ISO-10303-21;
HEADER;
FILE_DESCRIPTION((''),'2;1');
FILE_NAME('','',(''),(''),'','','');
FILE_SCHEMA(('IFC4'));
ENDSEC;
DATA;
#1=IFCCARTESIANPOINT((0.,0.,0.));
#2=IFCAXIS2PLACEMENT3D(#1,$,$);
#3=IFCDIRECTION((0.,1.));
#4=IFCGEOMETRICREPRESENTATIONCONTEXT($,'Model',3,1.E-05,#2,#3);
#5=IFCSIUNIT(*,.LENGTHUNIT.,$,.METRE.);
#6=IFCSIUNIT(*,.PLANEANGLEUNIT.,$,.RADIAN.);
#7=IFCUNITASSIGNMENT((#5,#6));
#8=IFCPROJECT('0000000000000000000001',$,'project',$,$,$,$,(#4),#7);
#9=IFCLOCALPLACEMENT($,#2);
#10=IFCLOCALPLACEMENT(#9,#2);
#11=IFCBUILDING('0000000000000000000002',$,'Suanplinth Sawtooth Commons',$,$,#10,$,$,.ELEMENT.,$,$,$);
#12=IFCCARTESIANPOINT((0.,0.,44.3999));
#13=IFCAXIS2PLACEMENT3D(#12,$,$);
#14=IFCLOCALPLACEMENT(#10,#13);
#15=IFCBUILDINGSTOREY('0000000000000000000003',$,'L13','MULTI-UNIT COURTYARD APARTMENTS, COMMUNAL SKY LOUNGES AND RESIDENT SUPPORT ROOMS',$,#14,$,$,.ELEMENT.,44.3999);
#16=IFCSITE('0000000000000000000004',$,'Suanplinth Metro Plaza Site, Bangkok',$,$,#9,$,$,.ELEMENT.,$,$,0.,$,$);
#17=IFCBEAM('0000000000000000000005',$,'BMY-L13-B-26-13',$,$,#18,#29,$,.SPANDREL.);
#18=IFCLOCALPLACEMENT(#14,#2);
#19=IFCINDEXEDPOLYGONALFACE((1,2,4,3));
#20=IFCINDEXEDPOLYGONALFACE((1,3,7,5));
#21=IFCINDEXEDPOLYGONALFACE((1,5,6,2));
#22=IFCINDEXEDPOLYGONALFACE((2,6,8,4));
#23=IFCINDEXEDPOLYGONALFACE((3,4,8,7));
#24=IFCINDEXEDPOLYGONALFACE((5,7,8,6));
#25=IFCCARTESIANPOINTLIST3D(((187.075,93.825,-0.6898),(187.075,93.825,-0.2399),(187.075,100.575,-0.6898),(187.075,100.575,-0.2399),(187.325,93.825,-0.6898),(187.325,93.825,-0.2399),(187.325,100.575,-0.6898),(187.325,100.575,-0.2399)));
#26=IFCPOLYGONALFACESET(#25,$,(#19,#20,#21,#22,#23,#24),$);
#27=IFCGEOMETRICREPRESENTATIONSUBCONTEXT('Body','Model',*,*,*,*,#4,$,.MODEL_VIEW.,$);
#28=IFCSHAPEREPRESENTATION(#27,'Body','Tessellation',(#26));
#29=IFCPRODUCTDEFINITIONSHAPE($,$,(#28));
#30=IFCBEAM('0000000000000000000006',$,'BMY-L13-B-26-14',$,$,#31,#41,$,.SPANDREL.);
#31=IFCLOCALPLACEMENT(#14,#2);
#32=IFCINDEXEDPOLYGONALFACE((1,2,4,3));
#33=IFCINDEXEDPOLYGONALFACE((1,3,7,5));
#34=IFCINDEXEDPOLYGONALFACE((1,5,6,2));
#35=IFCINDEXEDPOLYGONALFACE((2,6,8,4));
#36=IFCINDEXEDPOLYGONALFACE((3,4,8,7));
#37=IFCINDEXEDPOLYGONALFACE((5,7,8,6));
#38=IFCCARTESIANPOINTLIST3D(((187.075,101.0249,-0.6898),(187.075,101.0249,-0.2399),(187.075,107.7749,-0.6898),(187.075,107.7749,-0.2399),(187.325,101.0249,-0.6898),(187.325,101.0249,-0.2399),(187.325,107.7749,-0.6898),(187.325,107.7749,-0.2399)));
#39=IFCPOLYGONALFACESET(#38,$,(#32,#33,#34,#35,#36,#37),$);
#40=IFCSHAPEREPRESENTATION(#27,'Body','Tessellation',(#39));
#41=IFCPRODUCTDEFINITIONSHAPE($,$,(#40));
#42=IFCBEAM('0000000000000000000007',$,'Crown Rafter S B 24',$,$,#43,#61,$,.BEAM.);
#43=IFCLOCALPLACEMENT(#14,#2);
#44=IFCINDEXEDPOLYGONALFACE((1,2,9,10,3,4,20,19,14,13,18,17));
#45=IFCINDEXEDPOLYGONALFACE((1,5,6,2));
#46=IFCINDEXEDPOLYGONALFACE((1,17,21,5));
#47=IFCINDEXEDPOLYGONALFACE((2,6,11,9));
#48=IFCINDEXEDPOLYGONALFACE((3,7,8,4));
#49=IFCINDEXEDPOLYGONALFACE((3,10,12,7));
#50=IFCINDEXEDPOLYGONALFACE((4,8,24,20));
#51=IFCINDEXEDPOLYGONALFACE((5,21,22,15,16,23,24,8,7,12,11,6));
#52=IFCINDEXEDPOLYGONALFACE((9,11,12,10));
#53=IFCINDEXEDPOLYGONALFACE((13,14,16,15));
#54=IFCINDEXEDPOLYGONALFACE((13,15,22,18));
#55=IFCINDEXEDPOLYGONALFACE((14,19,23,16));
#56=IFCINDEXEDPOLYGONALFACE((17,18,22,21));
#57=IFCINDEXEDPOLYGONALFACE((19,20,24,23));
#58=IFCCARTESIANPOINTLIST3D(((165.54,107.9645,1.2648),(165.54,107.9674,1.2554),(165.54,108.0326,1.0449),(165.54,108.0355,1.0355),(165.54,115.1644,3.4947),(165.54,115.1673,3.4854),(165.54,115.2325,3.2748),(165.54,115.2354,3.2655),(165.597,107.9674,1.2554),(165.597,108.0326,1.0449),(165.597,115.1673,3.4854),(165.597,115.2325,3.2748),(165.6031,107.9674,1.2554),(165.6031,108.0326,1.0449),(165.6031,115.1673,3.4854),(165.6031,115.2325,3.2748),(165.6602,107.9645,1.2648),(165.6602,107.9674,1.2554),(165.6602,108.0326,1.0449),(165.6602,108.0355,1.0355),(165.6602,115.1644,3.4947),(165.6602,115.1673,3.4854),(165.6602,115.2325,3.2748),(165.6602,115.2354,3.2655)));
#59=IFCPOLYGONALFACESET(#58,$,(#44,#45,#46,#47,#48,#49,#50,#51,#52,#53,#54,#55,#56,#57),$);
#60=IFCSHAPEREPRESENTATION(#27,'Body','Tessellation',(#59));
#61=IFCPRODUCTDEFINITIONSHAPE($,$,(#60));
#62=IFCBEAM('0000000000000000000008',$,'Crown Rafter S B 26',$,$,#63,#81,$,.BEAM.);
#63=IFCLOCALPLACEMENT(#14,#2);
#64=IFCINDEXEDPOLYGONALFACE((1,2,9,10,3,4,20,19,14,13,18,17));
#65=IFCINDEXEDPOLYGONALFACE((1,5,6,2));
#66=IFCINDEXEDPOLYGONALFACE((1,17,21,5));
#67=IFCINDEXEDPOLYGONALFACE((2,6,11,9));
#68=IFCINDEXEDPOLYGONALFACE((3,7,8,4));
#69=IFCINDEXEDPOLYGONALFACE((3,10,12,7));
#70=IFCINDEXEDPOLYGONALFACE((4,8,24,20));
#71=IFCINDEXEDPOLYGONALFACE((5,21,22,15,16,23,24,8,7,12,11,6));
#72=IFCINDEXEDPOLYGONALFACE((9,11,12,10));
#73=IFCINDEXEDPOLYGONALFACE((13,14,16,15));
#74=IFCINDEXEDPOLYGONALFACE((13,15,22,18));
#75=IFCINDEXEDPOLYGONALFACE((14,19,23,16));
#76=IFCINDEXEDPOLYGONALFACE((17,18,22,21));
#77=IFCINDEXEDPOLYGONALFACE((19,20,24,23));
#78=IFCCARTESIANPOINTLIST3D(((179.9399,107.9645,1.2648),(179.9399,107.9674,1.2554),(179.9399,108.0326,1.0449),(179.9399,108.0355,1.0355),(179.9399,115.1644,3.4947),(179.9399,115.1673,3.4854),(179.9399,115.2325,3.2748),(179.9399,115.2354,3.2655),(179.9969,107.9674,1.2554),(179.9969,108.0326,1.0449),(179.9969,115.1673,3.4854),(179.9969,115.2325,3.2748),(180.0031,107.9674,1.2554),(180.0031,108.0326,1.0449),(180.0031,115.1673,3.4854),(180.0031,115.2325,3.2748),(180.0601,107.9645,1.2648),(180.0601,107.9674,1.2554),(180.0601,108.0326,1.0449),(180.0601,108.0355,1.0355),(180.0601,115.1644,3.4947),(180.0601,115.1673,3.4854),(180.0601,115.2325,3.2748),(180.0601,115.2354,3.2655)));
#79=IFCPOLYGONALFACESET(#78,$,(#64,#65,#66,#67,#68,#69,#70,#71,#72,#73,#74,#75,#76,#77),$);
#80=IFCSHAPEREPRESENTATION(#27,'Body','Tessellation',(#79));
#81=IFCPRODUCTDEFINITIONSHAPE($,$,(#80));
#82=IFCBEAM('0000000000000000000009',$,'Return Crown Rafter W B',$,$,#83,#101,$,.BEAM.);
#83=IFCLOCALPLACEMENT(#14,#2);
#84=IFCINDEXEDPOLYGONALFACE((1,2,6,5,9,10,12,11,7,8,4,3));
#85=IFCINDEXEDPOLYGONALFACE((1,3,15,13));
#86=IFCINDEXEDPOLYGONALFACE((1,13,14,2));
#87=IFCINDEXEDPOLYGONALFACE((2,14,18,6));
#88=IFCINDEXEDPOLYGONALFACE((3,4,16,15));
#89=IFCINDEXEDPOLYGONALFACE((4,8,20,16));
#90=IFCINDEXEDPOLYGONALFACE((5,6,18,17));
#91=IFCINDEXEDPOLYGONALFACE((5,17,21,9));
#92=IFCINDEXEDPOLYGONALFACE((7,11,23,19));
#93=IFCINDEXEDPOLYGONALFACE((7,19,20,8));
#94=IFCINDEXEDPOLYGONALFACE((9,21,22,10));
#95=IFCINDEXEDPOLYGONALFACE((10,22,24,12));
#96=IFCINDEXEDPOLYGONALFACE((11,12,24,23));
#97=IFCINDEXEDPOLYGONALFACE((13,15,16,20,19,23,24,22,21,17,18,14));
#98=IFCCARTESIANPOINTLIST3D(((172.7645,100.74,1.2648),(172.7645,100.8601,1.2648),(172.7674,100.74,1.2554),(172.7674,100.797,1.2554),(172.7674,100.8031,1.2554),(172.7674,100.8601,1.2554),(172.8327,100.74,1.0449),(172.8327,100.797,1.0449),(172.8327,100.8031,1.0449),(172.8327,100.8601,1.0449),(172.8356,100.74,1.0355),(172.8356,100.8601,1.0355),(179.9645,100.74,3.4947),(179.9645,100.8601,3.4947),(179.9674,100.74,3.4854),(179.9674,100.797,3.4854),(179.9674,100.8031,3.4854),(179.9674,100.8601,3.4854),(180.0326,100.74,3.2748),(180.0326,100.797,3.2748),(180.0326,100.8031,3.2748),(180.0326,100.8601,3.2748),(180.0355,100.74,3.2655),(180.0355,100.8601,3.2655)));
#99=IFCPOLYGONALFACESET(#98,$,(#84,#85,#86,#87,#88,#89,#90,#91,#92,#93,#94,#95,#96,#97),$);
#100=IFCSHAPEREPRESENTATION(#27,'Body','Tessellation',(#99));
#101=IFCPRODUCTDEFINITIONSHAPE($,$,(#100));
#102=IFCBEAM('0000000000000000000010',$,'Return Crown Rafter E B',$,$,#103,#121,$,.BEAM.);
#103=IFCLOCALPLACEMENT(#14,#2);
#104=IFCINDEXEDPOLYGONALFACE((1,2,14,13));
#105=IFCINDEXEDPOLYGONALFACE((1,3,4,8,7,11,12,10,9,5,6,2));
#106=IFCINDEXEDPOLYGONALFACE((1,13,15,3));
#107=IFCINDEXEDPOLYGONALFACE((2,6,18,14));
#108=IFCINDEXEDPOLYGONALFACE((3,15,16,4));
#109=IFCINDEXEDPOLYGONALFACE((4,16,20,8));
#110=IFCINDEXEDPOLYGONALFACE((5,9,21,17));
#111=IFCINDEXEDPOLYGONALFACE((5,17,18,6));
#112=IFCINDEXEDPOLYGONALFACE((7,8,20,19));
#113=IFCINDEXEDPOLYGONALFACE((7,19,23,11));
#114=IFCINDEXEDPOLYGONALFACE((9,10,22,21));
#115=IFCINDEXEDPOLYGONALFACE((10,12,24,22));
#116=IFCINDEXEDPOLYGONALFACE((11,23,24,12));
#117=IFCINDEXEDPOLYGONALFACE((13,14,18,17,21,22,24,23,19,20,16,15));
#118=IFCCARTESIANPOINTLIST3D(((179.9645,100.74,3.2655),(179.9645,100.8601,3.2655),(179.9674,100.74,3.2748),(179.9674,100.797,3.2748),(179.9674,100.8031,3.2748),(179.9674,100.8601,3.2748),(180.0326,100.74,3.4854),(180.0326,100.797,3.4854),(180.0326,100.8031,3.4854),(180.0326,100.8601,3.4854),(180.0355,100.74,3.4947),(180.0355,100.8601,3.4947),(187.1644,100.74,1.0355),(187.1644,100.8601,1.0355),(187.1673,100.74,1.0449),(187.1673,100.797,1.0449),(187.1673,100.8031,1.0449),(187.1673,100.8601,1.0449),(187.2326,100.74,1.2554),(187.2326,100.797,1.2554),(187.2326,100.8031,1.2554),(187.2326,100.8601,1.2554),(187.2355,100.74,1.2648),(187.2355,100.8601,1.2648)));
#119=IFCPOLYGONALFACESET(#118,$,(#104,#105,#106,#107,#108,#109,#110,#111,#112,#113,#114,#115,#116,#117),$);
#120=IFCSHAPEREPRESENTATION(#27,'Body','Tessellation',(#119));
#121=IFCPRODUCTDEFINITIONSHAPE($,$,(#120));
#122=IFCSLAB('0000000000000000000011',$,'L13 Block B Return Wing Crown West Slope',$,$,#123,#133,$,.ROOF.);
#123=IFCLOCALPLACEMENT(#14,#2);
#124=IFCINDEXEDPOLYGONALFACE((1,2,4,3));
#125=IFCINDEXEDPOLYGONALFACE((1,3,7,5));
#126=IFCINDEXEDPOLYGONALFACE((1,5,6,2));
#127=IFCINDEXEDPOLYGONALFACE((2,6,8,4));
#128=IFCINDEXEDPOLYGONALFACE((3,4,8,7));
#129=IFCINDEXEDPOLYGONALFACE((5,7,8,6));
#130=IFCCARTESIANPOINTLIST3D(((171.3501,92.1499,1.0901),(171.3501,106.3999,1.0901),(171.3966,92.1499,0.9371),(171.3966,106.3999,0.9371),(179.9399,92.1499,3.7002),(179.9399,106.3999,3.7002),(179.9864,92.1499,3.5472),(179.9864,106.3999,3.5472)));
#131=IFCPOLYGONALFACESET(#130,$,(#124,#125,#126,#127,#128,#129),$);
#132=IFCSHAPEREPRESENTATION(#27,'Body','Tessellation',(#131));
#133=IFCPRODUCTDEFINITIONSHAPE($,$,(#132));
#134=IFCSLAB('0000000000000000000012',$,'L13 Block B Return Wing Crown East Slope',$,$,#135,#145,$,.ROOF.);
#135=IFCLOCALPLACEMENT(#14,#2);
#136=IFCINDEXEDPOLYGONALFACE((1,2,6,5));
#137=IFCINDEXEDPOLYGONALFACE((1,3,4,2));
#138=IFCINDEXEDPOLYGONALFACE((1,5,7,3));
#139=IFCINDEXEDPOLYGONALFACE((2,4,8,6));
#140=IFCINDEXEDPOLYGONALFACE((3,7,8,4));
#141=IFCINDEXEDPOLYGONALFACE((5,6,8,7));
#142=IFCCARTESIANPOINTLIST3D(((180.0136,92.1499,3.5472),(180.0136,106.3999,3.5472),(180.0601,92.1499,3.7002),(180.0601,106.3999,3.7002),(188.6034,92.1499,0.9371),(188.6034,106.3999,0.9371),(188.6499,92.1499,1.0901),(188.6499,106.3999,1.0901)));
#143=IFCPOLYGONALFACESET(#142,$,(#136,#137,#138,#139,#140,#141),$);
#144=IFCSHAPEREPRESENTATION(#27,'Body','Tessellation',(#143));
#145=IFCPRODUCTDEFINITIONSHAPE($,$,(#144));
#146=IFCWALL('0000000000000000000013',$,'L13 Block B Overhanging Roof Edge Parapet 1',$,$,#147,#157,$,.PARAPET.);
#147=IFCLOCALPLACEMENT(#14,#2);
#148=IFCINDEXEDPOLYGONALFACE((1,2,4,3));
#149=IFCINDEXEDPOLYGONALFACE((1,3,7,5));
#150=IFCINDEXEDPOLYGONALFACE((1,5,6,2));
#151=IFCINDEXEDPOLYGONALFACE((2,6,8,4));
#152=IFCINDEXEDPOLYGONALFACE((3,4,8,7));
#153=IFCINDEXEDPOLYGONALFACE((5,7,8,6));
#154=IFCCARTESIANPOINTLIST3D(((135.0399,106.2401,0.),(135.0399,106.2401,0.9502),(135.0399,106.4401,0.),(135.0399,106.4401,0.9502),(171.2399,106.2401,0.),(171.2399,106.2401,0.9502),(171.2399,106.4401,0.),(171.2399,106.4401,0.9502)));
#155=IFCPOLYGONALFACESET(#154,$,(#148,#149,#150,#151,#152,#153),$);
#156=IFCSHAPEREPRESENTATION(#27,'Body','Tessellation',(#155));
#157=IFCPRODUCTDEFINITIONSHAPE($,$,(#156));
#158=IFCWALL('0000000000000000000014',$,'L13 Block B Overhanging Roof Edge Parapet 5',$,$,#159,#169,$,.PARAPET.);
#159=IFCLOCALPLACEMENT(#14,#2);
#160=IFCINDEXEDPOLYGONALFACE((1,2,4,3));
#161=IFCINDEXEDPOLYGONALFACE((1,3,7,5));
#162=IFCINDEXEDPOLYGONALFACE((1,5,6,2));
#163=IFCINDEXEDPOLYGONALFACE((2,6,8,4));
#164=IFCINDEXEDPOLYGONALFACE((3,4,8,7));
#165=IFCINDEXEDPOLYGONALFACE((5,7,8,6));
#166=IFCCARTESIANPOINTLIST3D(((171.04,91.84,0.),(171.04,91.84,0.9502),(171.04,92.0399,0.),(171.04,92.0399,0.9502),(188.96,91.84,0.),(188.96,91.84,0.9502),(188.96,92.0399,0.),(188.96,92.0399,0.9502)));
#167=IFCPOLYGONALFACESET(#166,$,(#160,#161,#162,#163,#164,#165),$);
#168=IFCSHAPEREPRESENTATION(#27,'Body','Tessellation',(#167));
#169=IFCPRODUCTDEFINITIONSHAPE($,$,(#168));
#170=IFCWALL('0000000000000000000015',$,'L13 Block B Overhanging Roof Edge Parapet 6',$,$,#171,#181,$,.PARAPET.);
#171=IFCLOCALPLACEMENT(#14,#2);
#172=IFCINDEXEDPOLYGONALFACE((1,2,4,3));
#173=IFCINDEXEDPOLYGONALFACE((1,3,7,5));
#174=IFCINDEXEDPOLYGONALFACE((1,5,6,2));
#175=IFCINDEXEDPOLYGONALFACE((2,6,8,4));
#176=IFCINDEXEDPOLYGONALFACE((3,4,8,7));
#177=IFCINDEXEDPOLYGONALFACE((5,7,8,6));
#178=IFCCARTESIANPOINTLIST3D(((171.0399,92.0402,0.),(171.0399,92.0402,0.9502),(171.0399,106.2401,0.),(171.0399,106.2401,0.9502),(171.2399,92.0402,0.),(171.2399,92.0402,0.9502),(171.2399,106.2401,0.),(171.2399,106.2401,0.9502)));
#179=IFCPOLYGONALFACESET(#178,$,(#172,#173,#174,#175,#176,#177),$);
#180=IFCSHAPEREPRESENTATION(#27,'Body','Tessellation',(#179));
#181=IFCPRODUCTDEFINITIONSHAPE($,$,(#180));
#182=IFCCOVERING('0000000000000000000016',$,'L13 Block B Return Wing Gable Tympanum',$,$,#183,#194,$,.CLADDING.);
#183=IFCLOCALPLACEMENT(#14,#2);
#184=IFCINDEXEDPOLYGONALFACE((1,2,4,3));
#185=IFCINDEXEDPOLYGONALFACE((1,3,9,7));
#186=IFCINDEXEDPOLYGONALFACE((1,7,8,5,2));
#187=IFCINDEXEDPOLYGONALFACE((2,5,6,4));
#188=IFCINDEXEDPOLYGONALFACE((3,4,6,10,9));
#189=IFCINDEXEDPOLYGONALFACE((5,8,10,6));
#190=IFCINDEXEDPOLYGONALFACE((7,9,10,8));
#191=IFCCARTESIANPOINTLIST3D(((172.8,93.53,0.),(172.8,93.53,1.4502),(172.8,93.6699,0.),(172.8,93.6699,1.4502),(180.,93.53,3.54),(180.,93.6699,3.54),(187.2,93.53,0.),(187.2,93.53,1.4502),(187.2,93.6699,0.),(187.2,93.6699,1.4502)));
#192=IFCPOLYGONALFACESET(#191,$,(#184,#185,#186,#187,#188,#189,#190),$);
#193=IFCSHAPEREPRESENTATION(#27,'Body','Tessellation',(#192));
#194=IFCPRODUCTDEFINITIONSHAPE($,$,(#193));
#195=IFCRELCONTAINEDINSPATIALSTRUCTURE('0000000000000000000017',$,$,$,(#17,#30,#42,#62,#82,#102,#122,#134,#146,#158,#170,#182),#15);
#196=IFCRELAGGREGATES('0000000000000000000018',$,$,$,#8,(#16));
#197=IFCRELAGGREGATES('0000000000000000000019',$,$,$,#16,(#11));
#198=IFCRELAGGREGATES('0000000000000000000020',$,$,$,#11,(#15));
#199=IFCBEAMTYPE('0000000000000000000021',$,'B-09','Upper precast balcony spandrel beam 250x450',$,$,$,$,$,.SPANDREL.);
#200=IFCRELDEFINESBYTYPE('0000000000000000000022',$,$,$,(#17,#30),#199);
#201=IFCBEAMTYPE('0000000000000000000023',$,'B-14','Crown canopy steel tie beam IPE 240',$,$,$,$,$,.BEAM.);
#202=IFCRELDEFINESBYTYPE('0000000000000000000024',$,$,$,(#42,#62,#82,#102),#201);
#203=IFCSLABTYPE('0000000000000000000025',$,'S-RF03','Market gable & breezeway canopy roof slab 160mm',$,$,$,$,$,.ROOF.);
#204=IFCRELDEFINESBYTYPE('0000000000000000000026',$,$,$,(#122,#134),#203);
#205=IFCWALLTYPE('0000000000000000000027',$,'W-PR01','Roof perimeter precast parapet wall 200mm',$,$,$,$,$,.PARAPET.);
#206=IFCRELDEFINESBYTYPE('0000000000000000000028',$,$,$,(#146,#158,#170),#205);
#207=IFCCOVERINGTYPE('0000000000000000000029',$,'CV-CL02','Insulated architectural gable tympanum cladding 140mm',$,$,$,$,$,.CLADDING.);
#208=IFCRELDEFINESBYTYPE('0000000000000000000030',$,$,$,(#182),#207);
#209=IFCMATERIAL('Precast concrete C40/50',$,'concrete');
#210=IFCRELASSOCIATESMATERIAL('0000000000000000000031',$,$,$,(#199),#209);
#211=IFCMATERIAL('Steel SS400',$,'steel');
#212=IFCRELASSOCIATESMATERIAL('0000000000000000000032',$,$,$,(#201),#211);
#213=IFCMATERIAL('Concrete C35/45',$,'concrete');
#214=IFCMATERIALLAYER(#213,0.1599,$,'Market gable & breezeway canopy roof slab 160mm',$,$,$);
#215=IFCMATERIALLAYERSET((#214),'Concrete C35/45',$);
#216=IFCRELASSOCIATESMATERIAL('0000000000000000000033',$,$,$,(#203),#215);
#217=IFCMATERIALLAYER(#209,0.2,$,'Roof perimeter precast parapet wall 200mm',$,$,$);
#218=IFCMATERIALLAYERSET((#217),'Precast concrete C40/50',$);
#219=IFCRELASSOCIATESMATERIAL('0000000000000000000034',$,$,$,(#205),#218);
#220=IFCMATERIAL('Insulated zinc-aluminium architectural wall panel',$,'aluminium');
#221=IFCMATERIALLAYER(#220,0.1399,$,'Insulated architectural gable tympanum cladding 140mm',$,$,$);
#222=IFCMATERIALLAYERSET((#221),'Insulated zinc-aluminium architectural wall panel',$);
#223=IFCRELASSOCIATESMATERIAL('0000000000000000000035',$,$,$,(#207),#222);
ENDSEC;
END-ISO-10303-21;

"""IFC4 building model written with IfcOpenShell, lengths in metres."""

from ifc_helpers import new_model, si_unit, direction, frame, frame_2d, origin, origin_2d, place, context, subcontext, project, spatial, polyline, rectangle, i_section, outline, extrude, material, layer, layer_set, material_profile, profile_set, type_object, element, save


model = new_model("IFC4")

# Units and contexts
model_context = context("Model", 3, precision=1e-05, world=origin(), true_north=direction((0.0, 1.0)))
body_context = subcontext(model_context, "Body", "Model", "MODEL_VIEW")
ifc_project = project(units=[si_unit("LENGTHUNIT", "METRE"), si_unit("PLANEANGLEUNIT", "RADIAN")], contexts=[model_context])

# Site, building, storey
site_placement = place(None, origin())
site = spatial("IfcSite", under=ifc_project, at=site_placement, Name="Suanplinth Metro Plaza Site, Bangkok", CompositionType="ELEMENT", RefElevation=0.0)
building_placement = place(site_placement, origin())
building = spatial("IfcBuilding", under=site, at=building_placement, Name="Suanplinth Sawtooth Commons", CompositionType="ELEMENT")
storey_placement = place(building_placement, frame((0.0, 0.0, 44.3999)))
storey = spatial("IfcBuildingStorey", under=building, at=storey_placement, Name="L13", Description="MULTI-UNIT COURTYARD APARTMENTS, COMMUNAL SKY LOUNGES AND RESIDENT SUPPORT ROOMS", CompositionType="ELEMENT", Elevation=44.3999)

# Beams
ifc_material_1 = material(Name="Precast concrete C40/50", Category="concrete")
ifc_material_profile_1 = material_profile(ifc_material_1, rectangle(XDim=0.25, YDim=0.45, at=origin_2d()), Name="PC-SP 250x450")
ifc_profile_set_1 = profile_set([ifc_material_profile_1], Name="Precast concrete C40/50")
beam_type_1 = type_object("IfcBeamType", Name="B-09", Description="Upper precast balcony spandrel beam 250x450", PredefinedType="SPANDREL", material=ifc_profile_set_1)
for number, where, z_axis, x_axis, name in (
    (1, (187.2, 93.825, -0.4648), (0.0, 1.0, 0.0), (-1.0, 0.0, 0.0), "BMY-L13-B-26-13"),
    (2, (187.2, 101.0249, -0.4648), (0.0, 1.0, 0.0), (-1.0, 0.0, 0.0), "BMY-L13-B-26-14"),
):
    element("IfcBeam", number, at=place(storey_placement, frame(where, z_axis=z_axis, x_axis=x_axis)), inside=storey, type_object=beam_type_1, Name=name, PredefinedType="SPANDREL", context=body_context, shape_type="SweptSolid", body=[
        extrude(rectangle(XDim=0.25, YDim=0.45, at=origin_2d()), origin(), (0.0, 0.0, 1.0), 6.75),
    ])
ifc_material_2 = material(Name="Steel SS400", Category="steel")
ifc_material_profile_2 = material_profile(ifc_material_2, i_section(OverallWidth=0.1201, OverallDepth=0.24, WebThickness=0.0061, FlangeThickness=0.0098, at=origin_2d()), Name="IPE 240")
ifc_profile_set_2 = profile_set([ifc_material_profile_2], Name="Steel SS400")
beam_type_2 = type_object("IfcBeamType", Name="B-14", Description="Crown canopy steel tie beam IPE 240", PredefinedType="BEAM", material=ifc_profile_set_2)
for number, where, z_axis, x_axis, name in (
    (3, (165.6001, 108.0, 1.1501), (0.0, 0.955233, 0.295856), (-1.0, 0.0, 0.0), "Crown Rafter S B 24"),
    (4, (180.0, 108.0, 1.1501), (0.0, 0.955233, 0.295856), (-1.0, 0.0, 0.0), "Crown Rafter S B 26"),
    (5, (172.8, 100.8, 1.1501), (0.955233, 0.0, 0.295856), (0.0, 1.0, 0.0), "Return Crown Rafter W B"),
    (6, (187.2, 100.8, 1.1501), (-0.955233, 0.0, 0.295856), (0.0, -1.0, 0.0), "Return Crown Rafter E B"),
):
    element("IfcBeam", number, at=place(storey_placement, frame(where, z_axis=z_axis, x_axis=x_axis)), inside=storey, type_object=beam_type_2, Name=name, PredefinedType="BEAM", context=body_context, shape_type="SweptSolid", body=[
        extrude(i_section(OverallWidth=0.1201, OverallDepth=0.24, WebThickness=0.0061, FlangeThickness=0.0098, at=origin_2d()), origin(), (0.0, 0.0, 1.0), 7.5374),
    ])

# Slabs
ifc_material_3 = material(Name="Concrete C35/45", Category="concrete")
ifc_layer_1 = layer(ifc_material_3, 0.1599, Name="Market gable & breezeway canopy roof slab 160mm")
ifc_layer_set_1 = layer_set([ifc_layer_1], Name="Concrete C35/45")
slab_type = type_object("IfcSlabType", Name="S-RF03", Description="Market gable & breezeway canopy roof slab 160mm", PredefinedType="ROOF", material=ifc_layer_set_1)
slab_1_placement = place(storey_placement, frame((171.3501, 92.1499, 1.0901), z_axis=(-0.290734, 0.0, 0.956804), x_axis=(0.0, 1.0, 0.0)))
element("IfcSlab", 7, at=slab_1_placement, inside=storey, type_object=slab_type, Name="L13 Block B Return Wing Crown West Slope", PredefinedType="ROOF", context=body_context, shape_type="SweptSolid", body=[
    extrude(outline(polyline([(0.0, 0.0), (14.25, 0.0), (14.25, -8.9776), (0.0, -8.9776), (0.0, 0.0)])), origin(), (0.0, 0.0, -1.0), 0.1599),
])
slab_2_placement = place(storey_placement, frame((188.6499, 92.1499, 1.0901), z_axis=(0.290734, 0.0, 0.956804), x_axis=(0.0, 1.0, 0.0)))
element("IfcSlab", 8, at=slab_2_placement, inside=storey, type_object=slab_type, Name="L13 Block B Return Wing Crown East Slope", PredefinedType="ROOF", context=body_context, shape_type="SweptSolid", body=[
    extrude(outline(polyline([(0.0, 0.0), (14.25, 0.0), (14.25, 8.9776), (0.0, 8.9776), (0.0, 0.0)])), origin(), (0.0, 0.0, -1.0), 0.1599),
])

# Walls
ifc_layer_2 = layer(ifc_material_1, 0.2, Name="Roof perimeter precast parapet wall 200mm")
ifc_layer_set_2 = layer_set([ifc_layer_2], Name="Precast concrete C40/50")
wall_type = type_object("IfcWallType", Name="W-PR01", Description="Roof perimeter precast parapet wall 200mm", PredefinedType="PARAPET", material=ifc_layer_set_2)
wall_1_placement = place(storey_placement, frame((171.24, 106.3401, 0.0), z_axis=(0.0, 0.0, 1.0), x_axis=(-1.0, 0.0, 0.0)))
element("IfcWall", 9, at=wall_1_placement, inside=storey, type_object=wall_type, Name="L13 Block B Overhanging Roof Edge Parapet 1", PredefinedType="PARAPET", context=body_context, shape_type="SweptSolid", body=[
    extrude(rectangle(XDim=36.2, YDim=0.2, at=frame_2d((18.1001, 0.0))), origin(), (0.0, 0.0, 1.0), 0.9502),
])
wall_2_placement = place(storey_placement, frame((188.96, 91.9399, 0.0), z_axis=(0.0, 0.0, 1.0), x_axis=(-1.0, 0.0, 0.0)))
element("IfcWall", 10, at=wall_2_placement, inside=storey, type_object=wall_type, Name="L13 Block B Overhanging Roof Edge Parapet 5", PredefinedType="PARAPET", context=body_context, shape_type="SweptSolid", body=[
    extrude(rectangle(XDim=17.9199, YDim=0.2, at=frame_2d((8.96, 0.0))), origin(), (0.0, 0.0, 1.0), 0.9502),
])
wall_3_placement = place(storey_placement, frame((171.1399, 92.04, 0.0), z_axis=(0.0, 0.0, 1.0), x_axis=(0.0, 1.0, 0.0)))
element("IfcWall", 11, at=wall_3_placement, inside=storey, type_object=wall_type, Name="L13 Block B Overhanging Roof Edge Parapet 6", PredefinedType="PARAPET", context=body_context, shape_type="SweptSolid", body=[
    extrude(rectangle(XDim=14.2, YDim=0.2, at=frame_2d((7.1001, 0.0))), origin(), (0.0, 0.0, 1.0), 0.9502),
])

# Covering
ifc_material_4 = material(Name="Insulated zinc-aluminium architectural wall panel", Category="aluminium")
ifc_layer_3 = layer(ifc_material_4, 0.1399, Name="Insulated architectural gable tympanum cladding 140mm")
ifc_layer_set_3 = layer_set([ifc_layer_3], Name="Insulated zinc-aluminium architectural wall panel")
covering_type = type_object("IfcCoveringType", Name="CV-CL02", Description="Insulated architectural gable tympanum cladding 140mm", PredefinedType="CLADDING", material=ifc_layer_set_3)
covering_placement = place(storey_placement, frame((172.8, 93.6001, 0.0), z_axis=(0.0, 0.0, 1.0), x_axis=(1.0, 0.0, 0.0)))
element("IfcCovering", 12, at=covering_placement, inside=storey, type_object=covering_type, Name="L13 Block B Return Wing Gable Tympanum", PredefinedType="CLADDING", context=body_context, shape_type="SweptSolid", body=[
    extrude(outline(polyline([(0.0, 0.0), (14.3999, 0.0), (14.3999, 1.4502), (7.2, 3.54), (0.0, 1.4502), (0.0, 0.0)])), frame((0.0, 0.0698, 0.0), z_axis=(0.0, -1.0, 0.0), x_axis=(1.0, 0.0, 0.0)), (0.0, 0.0, 1.0), 0.1399),
])

save(model, "model.ifc")
